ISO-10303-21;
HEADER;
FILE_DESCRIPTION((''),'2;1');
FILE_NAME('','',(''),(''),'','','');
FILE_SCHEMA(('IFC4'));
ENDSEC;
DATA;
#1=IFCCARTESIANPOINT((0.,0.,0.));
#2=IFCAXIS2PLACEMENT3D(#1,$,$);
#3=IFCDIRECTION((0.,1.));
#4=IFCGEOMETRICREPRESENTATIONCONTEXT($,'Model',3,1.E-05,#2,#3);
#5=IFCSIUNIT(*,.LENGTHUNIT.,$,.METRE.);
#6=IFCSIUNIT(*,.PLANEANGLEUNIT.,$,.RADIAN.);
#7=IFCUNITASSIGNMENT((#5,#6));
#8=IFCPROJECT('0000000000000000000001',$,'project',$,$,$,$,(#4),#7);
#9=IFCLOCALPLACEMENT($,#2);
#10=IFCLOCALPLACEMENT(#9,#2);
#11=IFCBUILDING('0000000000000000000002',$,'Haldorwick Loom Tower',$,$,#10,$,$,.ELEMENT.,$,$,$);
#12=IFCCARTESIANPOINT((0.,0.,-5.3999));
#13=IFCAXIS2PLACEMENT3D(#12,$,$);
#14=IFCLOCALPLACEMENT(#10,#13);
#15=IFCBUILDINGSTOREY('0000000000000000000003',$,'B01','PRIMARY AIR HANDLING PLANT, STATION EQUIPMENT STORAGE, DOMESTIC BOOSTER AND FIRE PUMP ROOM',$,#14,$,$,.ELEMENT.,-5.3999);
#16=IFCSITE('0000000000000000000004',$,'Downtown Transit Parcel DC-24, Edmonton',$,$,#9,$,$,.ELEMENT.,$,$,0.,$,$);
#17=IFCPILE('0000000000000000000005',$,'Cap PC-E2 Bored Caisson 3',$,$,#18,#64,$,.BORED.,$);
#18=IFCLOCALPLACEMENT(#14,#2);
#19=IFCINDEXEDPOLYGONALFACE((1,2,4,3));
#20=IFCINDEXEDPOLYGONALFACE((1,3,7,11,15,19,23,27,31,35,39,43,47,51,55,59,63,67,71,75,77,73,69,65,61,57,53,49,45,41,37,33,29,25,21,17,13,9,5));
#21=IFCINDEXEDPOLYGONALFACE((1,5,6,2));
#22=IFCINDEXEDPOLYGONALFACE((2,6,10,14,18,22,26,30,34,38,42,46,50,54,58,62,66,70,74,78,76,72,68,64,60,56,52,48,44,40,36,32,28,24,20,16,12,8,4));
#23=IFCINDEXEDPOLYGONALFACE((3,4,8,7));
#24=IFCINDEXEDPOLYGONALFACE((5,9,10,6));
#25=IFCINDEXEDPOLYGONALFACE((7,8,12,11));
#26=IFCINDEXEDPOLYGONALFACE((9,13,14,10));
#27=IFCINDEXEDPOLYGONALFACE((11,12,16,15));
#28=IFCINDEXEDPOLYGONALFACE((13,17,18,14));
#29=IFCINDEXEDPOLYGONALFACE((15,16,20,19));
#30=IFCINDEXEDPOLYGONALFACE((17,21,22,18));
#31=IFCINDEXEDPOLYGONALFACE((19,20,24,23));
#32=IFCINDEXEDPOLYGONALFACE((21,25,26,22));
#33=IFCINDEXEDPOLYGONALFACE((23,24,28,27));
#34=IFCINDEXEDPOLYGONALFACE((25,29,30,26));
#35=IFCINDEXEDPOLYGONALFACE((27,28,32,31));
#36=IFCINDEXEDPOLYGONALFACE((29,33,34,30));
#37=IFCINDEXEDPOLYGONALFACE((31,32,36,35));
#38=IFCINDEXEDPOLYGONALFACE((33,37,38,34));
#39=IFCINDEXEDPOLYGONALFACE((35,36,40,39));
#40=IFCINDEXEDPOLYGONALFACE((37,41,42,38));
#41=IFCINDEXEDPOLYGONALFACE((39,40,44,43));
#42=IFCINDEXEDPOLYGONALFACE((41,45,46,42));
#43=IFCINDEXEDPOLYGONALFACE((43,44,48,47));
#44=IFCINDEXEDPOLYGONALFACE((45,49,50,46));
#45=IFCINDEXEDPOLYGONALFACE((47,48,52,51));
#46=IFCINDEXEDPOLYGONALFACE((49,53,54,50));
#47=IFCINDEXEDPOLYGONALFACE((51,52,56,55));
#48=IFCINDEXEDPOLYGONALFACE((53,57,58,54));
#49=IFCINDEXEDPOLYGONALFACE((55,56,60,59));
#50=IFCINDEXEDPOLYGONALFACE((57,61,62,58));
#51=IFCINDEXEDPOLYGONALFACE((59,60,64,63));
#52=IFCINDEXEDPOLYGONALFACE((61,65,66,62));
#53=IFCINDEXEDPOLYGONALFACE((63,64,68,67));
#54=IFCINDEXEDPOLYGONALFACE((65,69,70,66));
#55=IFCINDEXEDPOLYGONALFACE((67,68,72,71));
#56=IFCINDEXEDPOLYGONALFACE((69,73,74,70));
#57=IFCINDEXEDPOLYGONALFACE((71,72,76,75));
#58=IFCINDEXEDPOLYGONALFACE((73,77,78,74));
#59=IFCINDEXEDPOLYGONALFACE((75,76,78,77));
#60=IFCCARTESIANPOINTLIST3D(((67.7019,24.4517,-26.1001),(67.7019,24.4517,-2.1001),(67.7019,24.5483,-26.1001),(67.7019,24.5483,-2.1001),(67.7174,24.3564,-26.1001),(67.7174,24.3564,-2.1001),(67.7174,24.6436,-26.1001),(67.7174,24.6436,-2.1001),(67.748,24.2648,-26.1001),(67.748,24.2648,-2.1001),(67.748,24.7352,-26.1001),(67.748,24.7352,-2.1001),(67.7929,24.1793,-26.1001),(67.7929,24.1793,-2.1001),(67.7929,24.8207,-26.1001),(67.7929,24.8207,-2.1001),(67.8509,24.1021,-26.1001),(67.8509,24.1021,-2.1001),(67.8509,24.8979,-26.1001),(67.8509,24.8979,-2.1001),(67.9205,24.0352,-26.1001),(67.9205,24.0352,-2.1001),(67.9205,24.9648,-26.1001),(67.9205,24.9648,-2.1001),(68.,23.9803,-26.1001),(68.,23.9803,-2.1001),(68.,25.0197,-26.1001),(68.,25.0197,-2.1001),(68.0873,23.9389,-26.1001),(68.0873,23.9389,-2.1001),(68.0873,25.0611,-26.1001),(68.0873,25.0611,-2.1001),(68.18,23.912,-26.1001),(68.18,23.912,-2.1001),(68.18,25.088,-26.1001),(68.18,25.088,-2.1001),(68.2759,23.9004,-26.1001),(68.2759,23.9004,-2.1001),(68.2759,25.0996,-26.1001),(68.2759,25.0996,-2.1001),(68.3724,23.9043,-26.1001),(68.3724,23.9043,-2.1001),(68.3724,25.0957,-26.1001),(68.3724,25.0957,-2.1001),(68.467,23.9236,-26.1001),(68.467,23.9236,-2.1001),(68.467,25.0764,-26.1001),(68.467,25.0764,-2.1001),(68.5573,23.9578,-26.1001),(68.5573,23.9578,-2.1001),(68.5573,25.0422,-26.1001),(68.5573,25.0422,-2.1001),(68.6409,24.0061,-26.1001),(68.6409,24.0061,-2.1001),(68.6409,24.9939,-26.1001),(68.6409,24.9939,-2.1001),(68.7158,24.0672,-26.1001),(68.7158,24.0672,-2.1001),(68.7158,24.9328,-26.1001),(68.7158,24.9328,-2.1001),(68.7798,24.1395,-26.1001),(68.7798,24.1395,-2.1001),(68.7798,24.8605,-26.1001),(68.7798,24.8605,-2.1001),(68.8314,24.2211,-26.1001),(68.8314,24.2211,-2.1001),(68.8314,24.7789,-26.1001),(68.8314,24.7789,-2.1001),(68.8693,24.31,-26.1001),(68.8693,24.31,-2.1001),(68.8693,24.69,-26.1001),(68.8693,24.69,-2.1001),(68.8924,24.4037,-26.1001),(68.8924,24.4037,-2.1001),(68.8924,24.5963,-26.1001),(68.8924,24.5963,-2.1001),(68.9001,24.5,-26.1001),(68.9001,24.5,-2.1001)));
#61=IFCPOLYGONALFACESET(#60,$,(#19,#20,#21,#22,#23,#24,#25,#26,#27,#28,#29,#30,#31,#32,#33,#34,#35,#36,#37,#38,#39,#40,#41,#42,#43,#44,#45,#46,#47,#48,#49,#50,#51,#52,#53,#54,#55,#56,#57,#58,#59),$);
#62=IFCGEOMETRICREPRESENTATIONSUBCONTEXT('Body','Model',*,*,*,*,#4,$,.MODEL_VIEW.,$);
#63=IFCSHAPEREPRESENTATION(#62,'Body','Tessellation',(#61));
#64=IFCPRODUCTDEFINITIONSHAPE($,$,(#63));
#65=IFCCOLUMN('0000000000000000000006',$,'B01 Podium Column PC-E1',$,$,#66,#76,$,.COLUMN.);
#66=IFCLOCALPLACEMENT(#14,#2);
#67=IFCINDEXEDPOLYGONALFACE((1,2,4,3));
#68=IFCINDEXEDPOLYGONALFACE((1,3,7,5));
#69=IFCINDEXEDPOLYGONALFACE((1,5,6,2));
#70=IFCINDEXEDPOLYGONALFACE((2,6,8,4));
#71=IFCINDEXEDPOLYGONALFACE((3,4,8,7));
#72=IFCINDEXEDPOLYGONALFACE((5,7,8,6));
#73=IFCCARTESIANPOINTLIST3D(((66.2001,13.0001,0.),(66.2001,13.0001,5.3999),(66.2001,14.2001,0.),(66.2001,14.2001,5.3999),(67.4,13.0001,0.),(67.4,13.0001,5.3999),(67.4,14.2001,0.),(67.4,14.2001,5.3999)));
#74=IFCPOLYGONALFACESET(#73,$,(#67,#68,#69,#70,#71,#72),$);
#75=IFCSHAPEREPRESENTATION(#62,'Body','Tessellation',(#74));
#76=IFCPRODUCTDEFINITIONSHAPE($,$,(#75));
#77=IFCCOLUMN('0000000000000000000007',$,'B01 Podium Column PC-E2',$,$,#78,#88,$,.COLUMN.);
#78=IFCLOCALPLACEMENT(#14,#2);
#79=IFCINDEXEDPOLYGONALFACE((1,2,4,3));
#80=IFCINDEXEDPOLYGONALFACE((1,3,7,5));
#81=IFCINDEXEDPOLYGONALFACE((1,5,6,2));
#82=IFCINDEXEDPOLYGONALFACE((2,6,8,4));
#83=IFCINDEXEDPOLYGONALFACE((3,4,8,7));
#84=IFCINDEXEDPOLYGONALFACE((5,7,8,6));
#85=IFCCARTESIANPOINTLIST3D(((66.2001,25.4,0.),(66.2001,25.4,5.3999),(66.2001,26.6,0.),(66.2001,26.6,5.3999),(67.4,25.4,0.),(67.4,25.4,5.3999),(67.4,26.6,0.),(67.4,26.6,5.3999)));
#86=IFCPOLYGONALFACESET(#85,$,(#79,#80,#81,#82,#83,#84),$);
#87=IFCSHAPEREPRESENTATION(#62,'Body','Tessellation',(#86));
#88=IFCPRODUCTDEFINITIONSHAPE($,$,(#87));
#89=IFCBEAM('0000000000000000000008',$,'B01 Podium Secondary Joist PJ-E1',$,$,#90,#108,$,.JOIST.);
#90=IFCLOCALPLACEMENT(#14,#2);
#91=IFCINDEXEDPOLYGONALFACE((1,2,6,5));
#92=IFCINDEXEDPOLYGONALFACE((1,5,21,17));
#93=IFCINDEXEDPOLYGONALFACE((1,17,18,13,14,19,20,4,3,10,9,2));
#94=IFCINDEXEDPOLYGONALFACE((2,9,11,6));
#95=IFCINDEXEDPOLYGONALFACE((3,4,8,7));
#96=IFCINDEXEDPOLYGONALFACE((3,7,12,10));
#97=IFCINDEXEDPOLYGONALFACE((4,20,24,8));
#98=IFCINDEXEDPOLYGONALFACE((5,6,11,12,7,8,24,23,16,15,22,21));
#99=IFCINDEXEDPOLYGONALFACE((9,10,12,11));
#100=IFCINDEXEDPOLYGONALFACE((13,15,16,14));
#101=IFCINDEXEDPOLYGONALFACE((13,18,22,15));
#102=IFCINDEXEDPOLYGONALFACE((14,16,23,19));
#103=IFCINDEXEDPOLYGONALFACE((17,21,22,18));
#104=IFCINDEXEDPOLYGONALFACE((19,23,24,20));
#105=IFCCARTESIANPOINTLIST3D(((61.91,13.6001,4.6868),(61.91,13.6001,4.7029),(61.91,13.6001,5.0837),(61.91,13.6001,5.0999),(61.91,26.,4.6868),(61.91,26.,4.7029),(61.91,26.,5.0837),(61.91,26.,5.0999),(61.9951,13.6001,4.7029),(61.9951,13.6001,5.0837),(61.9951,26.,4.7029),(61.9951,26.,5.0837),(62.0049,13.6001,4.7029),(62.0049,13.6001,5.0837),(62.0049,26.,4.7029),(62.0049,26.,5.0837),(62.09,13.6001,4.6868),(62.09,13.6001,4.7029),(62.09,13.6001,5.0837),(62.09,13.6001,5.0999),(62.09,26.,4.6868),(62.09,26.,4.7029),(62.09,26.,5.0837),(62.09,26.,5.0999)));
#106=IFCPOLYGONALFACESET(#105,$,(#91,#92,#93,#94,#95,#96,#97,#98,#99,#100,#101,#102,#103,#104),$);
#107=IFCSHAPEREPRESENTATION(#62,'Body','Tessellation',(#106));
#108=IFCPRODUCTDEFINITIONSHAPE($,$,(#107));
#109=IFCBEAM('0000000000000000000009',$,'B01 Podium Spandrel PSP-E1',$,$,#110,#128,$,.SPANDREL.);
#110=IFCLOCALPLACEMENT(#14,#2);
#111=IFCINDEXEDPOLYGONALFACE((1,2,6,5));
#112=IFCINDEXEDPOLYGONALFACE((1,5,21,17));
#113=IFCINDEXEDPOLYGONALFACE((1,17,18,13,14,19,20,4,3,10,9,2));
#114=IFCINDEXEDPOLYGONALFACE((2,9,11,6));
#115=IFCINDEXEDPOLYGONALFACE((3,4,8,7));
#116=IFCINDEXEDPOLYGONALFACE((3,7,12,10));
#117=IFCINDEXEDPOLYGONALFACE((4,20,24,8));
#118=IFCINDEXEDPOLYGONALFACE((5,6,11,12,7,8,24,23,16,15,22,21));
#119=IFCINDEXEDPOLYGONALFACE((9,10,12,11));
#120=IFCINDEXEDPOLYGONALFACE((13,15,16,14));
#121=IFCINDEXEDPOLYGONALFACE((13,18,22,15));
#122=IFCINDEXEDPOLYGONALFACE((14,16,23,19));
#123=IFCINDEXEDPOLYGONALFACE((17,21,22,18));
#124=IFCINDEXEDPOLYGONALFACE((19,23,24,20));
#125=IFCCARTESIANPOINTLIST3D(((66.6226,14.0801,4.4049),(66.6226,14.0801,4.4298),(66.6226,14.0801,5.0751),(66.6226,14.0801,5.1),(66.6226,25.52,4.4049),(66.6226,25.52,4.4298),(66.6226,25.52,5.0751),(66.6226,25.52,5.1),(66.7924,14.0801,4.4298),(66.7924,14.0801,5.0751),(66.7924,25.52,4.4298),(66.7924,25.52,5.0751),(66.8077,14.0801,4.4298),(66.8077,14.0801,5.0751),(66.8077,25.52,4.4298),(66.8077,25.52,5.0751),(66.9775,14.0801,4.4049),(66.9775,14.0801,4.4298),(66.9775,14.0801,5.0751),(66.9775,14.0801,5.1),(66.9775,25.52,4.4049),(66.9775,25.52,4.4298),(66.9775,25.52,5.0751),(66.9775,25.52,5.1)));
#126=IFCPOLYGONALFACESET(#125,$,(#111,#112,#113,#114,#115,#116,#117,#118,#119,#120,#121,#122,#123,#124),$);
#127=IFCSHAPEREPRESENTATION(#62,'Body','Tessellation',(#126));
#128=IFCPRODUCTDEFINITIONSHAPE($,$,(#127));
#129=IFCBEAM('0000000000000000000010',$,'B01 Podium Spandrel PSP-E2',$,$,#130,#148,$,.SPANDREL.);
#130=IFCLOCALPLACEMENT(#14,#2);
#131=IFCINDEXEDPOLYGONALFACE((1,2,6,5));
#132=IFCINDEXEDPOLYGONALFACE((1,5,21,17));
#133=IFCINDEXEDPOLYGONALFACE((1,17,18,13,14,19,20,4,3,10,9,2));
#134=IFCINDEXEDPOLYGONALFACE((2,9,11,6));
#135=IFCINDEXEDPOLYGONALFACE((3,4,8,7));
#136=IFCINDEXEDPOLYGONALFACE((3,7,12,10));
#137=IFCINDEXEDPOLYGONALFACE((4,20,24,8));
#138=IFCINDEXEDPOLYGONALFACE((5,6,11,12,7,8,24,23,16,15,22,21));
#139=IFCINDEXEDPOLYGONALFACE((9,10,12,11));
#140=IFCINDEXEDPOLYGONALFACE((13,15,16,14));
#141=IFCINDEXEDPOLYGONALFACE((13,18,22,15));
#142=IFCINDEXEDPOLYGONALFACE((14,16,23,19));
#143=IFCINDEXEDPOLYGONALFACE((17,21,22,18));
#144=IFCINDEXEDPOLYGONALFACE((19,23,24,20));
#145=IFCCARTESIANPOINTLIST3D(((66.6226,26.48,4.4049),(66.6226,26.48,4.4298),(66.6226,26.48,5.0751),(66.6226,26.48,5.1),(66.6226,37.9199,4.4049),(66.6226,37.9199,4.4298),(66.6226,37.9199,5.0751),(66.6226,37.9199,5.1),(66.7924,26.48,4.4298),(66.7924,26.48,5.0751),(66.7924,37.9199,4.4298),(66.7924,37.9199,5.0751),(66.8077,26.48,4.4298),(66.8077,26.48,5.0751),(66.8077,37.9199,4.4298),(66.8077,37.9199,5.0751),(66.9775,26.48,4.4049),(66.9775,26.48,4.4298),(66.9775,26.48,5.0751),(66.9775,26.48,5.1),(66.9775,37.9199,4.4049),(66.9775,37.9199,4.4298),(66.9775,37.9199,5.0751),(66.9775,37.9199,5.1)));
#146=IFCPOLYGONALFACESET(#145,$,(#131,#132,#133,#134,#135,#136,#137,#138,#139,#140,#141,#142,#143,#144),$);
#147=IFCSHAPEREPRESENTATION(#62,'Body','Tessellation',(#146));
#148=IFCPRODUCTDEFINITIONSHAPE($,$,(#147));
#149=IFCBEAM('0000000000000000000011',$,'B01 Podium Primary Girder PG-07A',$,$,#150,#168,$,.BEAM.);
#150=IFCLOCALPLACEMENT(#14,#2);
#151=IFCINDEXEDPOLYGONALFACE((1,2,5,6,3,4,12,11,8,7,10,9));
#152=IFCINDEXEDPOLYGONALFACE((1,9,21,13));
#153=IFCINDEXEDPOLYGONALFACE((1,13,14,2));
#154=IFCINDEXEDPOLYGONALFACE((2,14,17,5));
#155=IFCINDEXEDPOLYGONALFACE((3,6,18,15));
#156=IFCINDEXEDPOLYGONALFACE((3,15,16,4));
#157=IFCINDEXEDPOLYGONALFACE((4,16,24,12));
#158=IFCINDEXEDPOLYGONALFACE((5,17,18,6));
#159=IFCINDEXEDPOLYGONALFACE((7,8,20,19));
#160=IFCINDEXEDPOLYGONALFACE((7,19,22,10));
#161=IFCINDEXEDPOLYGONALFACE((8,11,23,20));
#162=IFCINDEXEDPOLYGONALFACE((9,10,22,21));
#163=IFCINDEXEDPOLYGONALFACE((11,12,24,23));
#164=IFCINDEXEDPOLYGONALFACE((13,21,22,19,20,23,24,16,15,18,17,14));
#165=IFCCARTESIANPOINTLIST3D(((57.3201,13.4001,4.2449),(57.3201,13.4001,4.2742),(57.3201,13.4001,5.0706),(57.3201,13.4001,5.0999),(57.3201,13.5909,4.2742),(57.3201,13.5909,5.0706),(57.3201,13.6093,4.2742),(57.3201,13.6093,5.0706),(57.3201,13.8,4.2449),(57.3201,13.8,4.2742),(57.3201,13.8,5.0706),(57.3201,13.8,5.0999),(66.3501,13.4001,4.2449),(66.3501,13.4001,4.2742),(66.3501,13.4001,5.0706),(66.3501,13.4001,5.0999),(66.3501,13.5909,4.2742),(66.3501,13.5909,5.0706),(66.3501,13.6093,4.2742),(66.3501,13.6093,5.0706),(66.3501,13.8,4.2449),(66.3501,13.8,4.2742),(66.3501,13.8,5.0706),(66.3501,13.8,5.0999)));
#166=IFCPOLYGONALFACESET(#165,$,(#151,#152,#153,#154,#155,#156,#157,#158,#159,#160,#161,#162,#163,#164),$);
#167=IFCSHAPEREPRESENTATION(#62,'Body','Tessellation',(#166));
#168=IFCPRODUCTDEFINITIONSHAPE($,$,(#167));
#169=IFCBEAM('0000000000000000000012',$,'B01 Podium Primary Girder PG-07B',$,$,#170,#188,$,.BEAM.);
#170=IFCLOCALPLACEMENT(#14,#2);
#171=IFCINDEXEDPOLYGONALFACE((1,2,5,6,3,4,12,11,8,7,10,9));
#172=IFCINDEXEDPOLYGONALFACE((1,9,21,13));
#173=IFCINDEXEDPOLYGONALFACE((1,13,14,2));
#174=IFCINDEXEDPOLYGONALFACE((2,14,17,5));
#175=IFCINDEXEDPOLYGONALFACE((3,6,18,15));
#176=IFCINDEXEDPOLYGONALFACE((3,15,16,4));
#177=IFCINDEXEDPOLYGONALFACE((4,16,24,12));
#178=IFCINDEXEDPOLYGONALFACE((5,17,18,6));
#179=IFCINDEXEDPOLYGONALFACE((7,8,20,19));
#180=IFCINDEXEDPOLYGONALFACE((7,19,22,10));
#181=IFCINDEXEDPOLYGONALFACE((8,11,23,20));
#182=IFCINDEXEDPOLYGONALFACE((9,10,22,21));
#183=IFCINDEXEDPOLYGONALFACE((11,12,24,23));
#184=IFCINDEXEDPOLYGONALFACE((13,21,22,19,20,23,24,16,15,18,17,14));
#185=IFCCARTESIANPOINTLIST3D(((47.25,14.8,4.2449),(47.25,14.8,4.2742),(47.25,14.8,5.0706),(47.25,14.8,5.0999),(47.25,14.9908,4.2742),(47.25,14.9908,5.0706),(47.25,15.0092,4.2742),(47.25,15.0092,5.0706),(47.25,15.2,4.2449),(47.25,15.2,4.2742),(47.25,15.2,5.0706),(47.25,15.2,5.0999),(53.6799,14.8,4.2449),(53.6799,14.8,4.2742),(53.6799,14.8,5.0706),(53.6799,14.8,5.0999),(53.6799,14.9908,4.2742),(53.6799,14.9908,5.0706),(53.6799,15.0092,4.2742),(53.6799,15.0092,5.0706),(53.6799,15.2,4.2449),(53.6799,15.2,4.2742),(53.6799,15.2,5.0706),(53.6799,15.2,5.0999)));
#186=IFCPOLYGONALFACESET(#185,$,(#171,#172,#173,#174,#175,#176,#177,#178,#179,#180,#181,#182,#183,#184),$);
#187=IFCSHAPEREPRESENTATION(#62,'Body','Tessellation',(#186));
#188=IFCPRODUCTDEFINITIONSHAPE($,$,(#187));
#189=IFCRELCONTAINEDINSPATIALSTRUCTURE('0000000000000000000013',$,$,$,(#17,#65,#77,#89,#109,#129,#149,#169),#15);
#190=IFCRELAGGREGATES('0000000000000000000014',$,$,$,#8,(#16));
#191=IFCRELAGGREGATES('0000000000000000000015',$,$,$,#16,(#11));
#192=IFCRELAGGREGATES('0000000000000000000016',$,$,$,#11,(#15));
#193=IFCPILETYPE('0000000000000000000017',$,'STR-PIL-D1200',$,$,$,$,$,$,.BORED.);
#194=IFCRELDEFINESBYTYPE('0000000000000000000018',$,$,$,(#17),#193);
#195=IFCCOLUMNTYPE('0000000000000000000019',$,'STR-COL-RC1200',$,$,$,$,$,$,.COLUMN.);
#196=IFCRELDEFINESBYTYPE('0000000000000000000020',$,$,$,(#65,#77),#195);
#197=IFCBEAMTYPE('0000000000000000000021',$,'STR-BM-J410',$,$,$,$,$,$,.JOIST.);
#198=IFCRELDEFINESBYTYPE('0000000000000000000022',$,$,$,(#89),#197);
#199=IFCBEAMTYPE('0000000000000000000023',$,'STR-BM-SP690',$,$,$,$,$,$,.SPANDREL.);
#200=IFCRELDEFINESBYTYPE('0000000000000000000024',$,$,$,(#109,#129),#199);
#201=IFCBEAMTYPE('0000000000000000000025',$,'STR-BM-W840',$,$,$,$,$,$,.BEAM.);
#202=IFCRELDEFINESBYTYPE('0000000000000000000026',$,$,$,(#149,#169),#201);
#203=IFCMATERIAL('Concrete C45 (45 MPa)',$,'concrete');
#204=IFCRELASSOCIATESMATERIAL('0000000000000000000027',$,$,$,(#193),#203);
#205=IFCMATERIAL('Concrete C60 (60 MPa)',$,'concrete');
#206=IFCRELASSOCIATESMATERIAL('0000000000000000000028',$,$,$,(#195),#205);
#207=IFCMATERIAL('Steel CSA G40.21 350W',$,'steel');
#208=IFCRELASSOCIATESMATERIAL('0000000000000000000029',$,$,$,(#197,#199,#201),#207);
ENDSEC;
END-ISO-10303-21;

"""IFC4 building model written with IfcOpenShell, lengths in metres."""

from ifc_helpers import new_model, si_unit, direction, frame, origin, origin_2d, place, context, subcontext, project, spatial, rectangle, circle, i_section, extrude, material, material_profile, profile_set, type_object, element, save


model = new_model("IFC4")

# Units and contexts
model_context = context("Model", 3, precision=1e-05, world=origin(), true_north=direction((0.0, 1.0)))
body_context = subcontext(model_context, "Body", "Model", "MODEL_VIEW")
ifc_project = project(units=[si_unit("LENGTHUNIT", "METRE"), si_unit("PLANEANGLEUNIT", "RADIAN")], contexts=[model_context])

# Site, building, storey
site_placement = place(None, origin())
site = spatial("IfcSite", under=ifc_project, at=site_placement, Name="Downtown Transit Parcel DC-24, Edmonton", CompositionType="ELEMENT", RefElevation=0.0)
building_placement = place(site_placement, origin())
building = spatial("IfcBuilding", under=site, at=building_placement, Name="Haldorwick Loom Tower", CompositionType="ELEMENT")
storey_placement = place(building_placement, frame((0.0, 0.0, -5.3999)))
storey = spatial("IfcBuildingStorey", under=building, at=storey_placement, Name="B01", Description="PRIMARY AIR HANDLING PLANT, STATION EQUIPMENT STORAGE, DOMESTIC BOOSTER AND FIRE PUMP ROOM", CompositionType="ELEMENT", Elevation=-5.3999)

# Shared definitions
ifc_material_1 = material(Name="Concrete C45 (45 MPa)", Category="concrete")

# Pile
ifc_material_profile_1 = material_profile(ifc_material_1, circle(Radius=0.6001, at=origin_2d()), Name="CAISSON_D1200", Category="concrete")
ifc_profile_set_1 = profile_set([ifc_material_profile_1], Name="Concrete C45 (45 MPa)")
pile_type = type_object("IfcPileType", Name="STR-PIL-D1200", PredefinedType="BORED", material=ifc_profile_set_1)
for number, where, z_axis, x_axis, name in (
    (1, (68.3, 24.5, -2.1001), (0.0, 0.0, -1.0), (1.0, 0.0, 0.0), "Cap PC-E2 Bored Caisson 3"),
):
    element("IfcPile", number, at=place(storey_placement, frame(where, z_axis=z_axis, x_axis=x_axis)), inside=storey, type_object=pile_type, Name=name, PredefinedType="BORED", context=body_context, shape_type="SweptSolid", body=[
        extrude(circle(Radius=0.6001, at=origin_2d()), origin(), (0.0, 0.0, 1.0), 24.0),
    ])

# Columns
ifc_material_2 = material(Name="Concrete C60 (60 MPa)", Category="concrete")
ifc_material_profile_2 = material_profile(ifc_material_2, rectangle(XDim=1.2, YDim=1.2, at=origin_2d()), Name="RC1200X1200", Category="concrete")
ifc_profile_set_2 = profile_set([ifc_material_profile_2], Name="Concrete C60 (60 MPa)")
column_type = type_object("IfcColumnType", Name="STR-COL-RC1200", PredefinedType="COLUMN", material=ifc_profile_set_2)
for number, where, z_axis, x_axis, name in (
    (2, (66.8, 13.6001, 0.0), (0.0, 0.0, 1.0), (1.0, 0.0, 0.0), "B01 Podium Column PC-E1"),
    (3, (66.8, 26.0, 0.0), (0.0, 0.0, 1.0), (1.0, 0.0, 0.0), "B01 Podium Column PC-E2"),
):
    element("IfcColumn", number, at=place(storey_placement, frame(where, z_axis=z_axis, x_axis=x_axis)), inside=storey, type_object=column_type, Name=name, PredefinedType="COLUMN", context=body_context, shape_type="SweptSolid", body=[
        extrude(rectangle(XDim=1.2, YDim=1.2, at=origin_2d()), origin(), (0.0, 0.0, 1.0), 5.3999),
    ])

# Beams
ifc_material_3 = material(Name="Steel CSA G40.21 350W", Category="steel")
ifc_material_profile_3 = material_profile(ifc_material_3, i_section(OverallWidth=0.1799, OverallDepth=0.4131, WebThickness=0.0098, FlangeThickness=0.0161, at=origin_2d()), Name="W410X74", Category="steel")
ifc_profile_set_3 = profile_set([ifc_material_profile_3], Name="Steel CSA G40.21 350W")
beam_type_1 = type_object("IfcBeamType", Name="STR-BM-J410", PredefinedType="JOIST", material=ifc_profile_set_3)
beam_1_placement = place(storey_placement, frame((62.0, 13.6001, 4.8933), z_axis=(0.0, 1.0, 0.0), x_axis=(-1.0, 0.0, 0.0)))
element("IfcBeam", 4, at=beam_1_placement, inside=storey, type_object=beam_type_1, Name="B01 Podium Secondary Joist PJ-E1", PredefinedType="JOIST", context=body_context, shape_type="SweptSolid", body=[
    extrude(i_section(OverallWidth=0.1799, OverallDepth=0.4131, WebThickness=0.0098, FlangeThickness=0.0161, at=origin_2d()), origin(), (0.0, 0.0, 1.0), 12.3999),
])
ifc_material_profile_4 = material_profile(ifc_material_3, i_section(OverallWidth=0.355, OverallDepth=0.6951, WebThickness=0.0154, FlangeThickness=0.0249, at=origin_2d()), Name="W690X217", Category="steel")
ifc_profile_set_4 = profile_set([ifc_material_profile_4], Name="Steel CSA G40.21 350W")
beam_type_2 = type_object("IfcBeamType", Name="STR-BM-SP690", PredefinedType="SPANDREL", material=ifc_profile_set_4)
for number, where, z_axis, x_axis, name in (
    (5, (66.8, 14.0801, 4.7524), (0.0, 1.0, 0.0), (-1.0, 0.0, 0.0), "B01 Podium Spandrel PSP-E1"),
    (6, (66.8, 26.48, 4.7524), (0.0, 1.0, 0.0), (-1.0, 0.0, 0.0), "B01 Podium Spandrel PSP-E2"),
):
    element("IfcBeam", number, at=place(storey_placement, frame(where, z_axis=z_axis, x_axis=x_axis)), inside=storey, type_object=beam_type_2, Name=name, PredefinedType="SPANDREL", context=body_context, shape_type="SweptSolid", body=[
        extrude(i_section(OverallWidth=0.355, OverallDepth=0.6951, WebThickness=0.0154, FlangeThickness=0.0249, at=origin_2d()), origin(), (0.0, 0.0, 1.0), 11.4399),
    ])
ifc_material_profile_5 = material_profile(ifc_material_3, i_section(OverallWidth=0.3999, OverallDepth=0.855, WebThickness=0.0183, FlangeThickness=0.0293, at=origin_2d()), Name="W840X299", Category="steel")
ifc_profile_set_5 = profile_set([ifc_material_profile_5], Name="Steel CSA G40.21 350W")
beam_type_3 = type_object("IfcBeamType", Name="STR-BM-W840", PredefinedType="BEAM", material=ifc_profile_set_5)
beam_2_placement = place(storey_placement, frame((66.3501, 13.6001, 4.6724), z_axis=(-1.0, 0.0, 0.0), x_axis=(0.0, -1.0, 0.0)))
element("IfcBeam", 7, at=beam_2_placement, inside=storey, type_object=beam_type_3, Name="B01 Podium Primary Girder PG-07A", PredefinedType="BEAM", context=body_context, shape_type="SweptSolid", body=[
    extrude(i_section(OverallWidth=0.3999, OverallDepth=0.855, WebThickness=0.0183, FlangeThickness=0.0293, at=origin_2d()), origin(), (0.0, 0.0, 1.0), 9.03),
])
beam_3_placement = place(storey_placement, frame((53.6799, 15.0, 4.6724), z_axis=(-1.0, 0.0, 0.0), x_axis=(0.0, -1.0, 0.0)))
element("IfcBeam", 8, at=beam_3_placement, inside=storey, type_object=beam_type_3, Name="B01 Podium Primary Girder PG-07B", PredefinedType="BEAM", context=body_context, shape_type="SweptSolid", body=[
    extrude(i_section(OverallWidth=0.3999, OverallDepth=0.855, WebThickness=0.0183, FlangeThickness=0.0293, at=origin_2d()), origin(), (0.0, 0.0, 1.0), 6.4299),
])

save(model, "model.ifc")
